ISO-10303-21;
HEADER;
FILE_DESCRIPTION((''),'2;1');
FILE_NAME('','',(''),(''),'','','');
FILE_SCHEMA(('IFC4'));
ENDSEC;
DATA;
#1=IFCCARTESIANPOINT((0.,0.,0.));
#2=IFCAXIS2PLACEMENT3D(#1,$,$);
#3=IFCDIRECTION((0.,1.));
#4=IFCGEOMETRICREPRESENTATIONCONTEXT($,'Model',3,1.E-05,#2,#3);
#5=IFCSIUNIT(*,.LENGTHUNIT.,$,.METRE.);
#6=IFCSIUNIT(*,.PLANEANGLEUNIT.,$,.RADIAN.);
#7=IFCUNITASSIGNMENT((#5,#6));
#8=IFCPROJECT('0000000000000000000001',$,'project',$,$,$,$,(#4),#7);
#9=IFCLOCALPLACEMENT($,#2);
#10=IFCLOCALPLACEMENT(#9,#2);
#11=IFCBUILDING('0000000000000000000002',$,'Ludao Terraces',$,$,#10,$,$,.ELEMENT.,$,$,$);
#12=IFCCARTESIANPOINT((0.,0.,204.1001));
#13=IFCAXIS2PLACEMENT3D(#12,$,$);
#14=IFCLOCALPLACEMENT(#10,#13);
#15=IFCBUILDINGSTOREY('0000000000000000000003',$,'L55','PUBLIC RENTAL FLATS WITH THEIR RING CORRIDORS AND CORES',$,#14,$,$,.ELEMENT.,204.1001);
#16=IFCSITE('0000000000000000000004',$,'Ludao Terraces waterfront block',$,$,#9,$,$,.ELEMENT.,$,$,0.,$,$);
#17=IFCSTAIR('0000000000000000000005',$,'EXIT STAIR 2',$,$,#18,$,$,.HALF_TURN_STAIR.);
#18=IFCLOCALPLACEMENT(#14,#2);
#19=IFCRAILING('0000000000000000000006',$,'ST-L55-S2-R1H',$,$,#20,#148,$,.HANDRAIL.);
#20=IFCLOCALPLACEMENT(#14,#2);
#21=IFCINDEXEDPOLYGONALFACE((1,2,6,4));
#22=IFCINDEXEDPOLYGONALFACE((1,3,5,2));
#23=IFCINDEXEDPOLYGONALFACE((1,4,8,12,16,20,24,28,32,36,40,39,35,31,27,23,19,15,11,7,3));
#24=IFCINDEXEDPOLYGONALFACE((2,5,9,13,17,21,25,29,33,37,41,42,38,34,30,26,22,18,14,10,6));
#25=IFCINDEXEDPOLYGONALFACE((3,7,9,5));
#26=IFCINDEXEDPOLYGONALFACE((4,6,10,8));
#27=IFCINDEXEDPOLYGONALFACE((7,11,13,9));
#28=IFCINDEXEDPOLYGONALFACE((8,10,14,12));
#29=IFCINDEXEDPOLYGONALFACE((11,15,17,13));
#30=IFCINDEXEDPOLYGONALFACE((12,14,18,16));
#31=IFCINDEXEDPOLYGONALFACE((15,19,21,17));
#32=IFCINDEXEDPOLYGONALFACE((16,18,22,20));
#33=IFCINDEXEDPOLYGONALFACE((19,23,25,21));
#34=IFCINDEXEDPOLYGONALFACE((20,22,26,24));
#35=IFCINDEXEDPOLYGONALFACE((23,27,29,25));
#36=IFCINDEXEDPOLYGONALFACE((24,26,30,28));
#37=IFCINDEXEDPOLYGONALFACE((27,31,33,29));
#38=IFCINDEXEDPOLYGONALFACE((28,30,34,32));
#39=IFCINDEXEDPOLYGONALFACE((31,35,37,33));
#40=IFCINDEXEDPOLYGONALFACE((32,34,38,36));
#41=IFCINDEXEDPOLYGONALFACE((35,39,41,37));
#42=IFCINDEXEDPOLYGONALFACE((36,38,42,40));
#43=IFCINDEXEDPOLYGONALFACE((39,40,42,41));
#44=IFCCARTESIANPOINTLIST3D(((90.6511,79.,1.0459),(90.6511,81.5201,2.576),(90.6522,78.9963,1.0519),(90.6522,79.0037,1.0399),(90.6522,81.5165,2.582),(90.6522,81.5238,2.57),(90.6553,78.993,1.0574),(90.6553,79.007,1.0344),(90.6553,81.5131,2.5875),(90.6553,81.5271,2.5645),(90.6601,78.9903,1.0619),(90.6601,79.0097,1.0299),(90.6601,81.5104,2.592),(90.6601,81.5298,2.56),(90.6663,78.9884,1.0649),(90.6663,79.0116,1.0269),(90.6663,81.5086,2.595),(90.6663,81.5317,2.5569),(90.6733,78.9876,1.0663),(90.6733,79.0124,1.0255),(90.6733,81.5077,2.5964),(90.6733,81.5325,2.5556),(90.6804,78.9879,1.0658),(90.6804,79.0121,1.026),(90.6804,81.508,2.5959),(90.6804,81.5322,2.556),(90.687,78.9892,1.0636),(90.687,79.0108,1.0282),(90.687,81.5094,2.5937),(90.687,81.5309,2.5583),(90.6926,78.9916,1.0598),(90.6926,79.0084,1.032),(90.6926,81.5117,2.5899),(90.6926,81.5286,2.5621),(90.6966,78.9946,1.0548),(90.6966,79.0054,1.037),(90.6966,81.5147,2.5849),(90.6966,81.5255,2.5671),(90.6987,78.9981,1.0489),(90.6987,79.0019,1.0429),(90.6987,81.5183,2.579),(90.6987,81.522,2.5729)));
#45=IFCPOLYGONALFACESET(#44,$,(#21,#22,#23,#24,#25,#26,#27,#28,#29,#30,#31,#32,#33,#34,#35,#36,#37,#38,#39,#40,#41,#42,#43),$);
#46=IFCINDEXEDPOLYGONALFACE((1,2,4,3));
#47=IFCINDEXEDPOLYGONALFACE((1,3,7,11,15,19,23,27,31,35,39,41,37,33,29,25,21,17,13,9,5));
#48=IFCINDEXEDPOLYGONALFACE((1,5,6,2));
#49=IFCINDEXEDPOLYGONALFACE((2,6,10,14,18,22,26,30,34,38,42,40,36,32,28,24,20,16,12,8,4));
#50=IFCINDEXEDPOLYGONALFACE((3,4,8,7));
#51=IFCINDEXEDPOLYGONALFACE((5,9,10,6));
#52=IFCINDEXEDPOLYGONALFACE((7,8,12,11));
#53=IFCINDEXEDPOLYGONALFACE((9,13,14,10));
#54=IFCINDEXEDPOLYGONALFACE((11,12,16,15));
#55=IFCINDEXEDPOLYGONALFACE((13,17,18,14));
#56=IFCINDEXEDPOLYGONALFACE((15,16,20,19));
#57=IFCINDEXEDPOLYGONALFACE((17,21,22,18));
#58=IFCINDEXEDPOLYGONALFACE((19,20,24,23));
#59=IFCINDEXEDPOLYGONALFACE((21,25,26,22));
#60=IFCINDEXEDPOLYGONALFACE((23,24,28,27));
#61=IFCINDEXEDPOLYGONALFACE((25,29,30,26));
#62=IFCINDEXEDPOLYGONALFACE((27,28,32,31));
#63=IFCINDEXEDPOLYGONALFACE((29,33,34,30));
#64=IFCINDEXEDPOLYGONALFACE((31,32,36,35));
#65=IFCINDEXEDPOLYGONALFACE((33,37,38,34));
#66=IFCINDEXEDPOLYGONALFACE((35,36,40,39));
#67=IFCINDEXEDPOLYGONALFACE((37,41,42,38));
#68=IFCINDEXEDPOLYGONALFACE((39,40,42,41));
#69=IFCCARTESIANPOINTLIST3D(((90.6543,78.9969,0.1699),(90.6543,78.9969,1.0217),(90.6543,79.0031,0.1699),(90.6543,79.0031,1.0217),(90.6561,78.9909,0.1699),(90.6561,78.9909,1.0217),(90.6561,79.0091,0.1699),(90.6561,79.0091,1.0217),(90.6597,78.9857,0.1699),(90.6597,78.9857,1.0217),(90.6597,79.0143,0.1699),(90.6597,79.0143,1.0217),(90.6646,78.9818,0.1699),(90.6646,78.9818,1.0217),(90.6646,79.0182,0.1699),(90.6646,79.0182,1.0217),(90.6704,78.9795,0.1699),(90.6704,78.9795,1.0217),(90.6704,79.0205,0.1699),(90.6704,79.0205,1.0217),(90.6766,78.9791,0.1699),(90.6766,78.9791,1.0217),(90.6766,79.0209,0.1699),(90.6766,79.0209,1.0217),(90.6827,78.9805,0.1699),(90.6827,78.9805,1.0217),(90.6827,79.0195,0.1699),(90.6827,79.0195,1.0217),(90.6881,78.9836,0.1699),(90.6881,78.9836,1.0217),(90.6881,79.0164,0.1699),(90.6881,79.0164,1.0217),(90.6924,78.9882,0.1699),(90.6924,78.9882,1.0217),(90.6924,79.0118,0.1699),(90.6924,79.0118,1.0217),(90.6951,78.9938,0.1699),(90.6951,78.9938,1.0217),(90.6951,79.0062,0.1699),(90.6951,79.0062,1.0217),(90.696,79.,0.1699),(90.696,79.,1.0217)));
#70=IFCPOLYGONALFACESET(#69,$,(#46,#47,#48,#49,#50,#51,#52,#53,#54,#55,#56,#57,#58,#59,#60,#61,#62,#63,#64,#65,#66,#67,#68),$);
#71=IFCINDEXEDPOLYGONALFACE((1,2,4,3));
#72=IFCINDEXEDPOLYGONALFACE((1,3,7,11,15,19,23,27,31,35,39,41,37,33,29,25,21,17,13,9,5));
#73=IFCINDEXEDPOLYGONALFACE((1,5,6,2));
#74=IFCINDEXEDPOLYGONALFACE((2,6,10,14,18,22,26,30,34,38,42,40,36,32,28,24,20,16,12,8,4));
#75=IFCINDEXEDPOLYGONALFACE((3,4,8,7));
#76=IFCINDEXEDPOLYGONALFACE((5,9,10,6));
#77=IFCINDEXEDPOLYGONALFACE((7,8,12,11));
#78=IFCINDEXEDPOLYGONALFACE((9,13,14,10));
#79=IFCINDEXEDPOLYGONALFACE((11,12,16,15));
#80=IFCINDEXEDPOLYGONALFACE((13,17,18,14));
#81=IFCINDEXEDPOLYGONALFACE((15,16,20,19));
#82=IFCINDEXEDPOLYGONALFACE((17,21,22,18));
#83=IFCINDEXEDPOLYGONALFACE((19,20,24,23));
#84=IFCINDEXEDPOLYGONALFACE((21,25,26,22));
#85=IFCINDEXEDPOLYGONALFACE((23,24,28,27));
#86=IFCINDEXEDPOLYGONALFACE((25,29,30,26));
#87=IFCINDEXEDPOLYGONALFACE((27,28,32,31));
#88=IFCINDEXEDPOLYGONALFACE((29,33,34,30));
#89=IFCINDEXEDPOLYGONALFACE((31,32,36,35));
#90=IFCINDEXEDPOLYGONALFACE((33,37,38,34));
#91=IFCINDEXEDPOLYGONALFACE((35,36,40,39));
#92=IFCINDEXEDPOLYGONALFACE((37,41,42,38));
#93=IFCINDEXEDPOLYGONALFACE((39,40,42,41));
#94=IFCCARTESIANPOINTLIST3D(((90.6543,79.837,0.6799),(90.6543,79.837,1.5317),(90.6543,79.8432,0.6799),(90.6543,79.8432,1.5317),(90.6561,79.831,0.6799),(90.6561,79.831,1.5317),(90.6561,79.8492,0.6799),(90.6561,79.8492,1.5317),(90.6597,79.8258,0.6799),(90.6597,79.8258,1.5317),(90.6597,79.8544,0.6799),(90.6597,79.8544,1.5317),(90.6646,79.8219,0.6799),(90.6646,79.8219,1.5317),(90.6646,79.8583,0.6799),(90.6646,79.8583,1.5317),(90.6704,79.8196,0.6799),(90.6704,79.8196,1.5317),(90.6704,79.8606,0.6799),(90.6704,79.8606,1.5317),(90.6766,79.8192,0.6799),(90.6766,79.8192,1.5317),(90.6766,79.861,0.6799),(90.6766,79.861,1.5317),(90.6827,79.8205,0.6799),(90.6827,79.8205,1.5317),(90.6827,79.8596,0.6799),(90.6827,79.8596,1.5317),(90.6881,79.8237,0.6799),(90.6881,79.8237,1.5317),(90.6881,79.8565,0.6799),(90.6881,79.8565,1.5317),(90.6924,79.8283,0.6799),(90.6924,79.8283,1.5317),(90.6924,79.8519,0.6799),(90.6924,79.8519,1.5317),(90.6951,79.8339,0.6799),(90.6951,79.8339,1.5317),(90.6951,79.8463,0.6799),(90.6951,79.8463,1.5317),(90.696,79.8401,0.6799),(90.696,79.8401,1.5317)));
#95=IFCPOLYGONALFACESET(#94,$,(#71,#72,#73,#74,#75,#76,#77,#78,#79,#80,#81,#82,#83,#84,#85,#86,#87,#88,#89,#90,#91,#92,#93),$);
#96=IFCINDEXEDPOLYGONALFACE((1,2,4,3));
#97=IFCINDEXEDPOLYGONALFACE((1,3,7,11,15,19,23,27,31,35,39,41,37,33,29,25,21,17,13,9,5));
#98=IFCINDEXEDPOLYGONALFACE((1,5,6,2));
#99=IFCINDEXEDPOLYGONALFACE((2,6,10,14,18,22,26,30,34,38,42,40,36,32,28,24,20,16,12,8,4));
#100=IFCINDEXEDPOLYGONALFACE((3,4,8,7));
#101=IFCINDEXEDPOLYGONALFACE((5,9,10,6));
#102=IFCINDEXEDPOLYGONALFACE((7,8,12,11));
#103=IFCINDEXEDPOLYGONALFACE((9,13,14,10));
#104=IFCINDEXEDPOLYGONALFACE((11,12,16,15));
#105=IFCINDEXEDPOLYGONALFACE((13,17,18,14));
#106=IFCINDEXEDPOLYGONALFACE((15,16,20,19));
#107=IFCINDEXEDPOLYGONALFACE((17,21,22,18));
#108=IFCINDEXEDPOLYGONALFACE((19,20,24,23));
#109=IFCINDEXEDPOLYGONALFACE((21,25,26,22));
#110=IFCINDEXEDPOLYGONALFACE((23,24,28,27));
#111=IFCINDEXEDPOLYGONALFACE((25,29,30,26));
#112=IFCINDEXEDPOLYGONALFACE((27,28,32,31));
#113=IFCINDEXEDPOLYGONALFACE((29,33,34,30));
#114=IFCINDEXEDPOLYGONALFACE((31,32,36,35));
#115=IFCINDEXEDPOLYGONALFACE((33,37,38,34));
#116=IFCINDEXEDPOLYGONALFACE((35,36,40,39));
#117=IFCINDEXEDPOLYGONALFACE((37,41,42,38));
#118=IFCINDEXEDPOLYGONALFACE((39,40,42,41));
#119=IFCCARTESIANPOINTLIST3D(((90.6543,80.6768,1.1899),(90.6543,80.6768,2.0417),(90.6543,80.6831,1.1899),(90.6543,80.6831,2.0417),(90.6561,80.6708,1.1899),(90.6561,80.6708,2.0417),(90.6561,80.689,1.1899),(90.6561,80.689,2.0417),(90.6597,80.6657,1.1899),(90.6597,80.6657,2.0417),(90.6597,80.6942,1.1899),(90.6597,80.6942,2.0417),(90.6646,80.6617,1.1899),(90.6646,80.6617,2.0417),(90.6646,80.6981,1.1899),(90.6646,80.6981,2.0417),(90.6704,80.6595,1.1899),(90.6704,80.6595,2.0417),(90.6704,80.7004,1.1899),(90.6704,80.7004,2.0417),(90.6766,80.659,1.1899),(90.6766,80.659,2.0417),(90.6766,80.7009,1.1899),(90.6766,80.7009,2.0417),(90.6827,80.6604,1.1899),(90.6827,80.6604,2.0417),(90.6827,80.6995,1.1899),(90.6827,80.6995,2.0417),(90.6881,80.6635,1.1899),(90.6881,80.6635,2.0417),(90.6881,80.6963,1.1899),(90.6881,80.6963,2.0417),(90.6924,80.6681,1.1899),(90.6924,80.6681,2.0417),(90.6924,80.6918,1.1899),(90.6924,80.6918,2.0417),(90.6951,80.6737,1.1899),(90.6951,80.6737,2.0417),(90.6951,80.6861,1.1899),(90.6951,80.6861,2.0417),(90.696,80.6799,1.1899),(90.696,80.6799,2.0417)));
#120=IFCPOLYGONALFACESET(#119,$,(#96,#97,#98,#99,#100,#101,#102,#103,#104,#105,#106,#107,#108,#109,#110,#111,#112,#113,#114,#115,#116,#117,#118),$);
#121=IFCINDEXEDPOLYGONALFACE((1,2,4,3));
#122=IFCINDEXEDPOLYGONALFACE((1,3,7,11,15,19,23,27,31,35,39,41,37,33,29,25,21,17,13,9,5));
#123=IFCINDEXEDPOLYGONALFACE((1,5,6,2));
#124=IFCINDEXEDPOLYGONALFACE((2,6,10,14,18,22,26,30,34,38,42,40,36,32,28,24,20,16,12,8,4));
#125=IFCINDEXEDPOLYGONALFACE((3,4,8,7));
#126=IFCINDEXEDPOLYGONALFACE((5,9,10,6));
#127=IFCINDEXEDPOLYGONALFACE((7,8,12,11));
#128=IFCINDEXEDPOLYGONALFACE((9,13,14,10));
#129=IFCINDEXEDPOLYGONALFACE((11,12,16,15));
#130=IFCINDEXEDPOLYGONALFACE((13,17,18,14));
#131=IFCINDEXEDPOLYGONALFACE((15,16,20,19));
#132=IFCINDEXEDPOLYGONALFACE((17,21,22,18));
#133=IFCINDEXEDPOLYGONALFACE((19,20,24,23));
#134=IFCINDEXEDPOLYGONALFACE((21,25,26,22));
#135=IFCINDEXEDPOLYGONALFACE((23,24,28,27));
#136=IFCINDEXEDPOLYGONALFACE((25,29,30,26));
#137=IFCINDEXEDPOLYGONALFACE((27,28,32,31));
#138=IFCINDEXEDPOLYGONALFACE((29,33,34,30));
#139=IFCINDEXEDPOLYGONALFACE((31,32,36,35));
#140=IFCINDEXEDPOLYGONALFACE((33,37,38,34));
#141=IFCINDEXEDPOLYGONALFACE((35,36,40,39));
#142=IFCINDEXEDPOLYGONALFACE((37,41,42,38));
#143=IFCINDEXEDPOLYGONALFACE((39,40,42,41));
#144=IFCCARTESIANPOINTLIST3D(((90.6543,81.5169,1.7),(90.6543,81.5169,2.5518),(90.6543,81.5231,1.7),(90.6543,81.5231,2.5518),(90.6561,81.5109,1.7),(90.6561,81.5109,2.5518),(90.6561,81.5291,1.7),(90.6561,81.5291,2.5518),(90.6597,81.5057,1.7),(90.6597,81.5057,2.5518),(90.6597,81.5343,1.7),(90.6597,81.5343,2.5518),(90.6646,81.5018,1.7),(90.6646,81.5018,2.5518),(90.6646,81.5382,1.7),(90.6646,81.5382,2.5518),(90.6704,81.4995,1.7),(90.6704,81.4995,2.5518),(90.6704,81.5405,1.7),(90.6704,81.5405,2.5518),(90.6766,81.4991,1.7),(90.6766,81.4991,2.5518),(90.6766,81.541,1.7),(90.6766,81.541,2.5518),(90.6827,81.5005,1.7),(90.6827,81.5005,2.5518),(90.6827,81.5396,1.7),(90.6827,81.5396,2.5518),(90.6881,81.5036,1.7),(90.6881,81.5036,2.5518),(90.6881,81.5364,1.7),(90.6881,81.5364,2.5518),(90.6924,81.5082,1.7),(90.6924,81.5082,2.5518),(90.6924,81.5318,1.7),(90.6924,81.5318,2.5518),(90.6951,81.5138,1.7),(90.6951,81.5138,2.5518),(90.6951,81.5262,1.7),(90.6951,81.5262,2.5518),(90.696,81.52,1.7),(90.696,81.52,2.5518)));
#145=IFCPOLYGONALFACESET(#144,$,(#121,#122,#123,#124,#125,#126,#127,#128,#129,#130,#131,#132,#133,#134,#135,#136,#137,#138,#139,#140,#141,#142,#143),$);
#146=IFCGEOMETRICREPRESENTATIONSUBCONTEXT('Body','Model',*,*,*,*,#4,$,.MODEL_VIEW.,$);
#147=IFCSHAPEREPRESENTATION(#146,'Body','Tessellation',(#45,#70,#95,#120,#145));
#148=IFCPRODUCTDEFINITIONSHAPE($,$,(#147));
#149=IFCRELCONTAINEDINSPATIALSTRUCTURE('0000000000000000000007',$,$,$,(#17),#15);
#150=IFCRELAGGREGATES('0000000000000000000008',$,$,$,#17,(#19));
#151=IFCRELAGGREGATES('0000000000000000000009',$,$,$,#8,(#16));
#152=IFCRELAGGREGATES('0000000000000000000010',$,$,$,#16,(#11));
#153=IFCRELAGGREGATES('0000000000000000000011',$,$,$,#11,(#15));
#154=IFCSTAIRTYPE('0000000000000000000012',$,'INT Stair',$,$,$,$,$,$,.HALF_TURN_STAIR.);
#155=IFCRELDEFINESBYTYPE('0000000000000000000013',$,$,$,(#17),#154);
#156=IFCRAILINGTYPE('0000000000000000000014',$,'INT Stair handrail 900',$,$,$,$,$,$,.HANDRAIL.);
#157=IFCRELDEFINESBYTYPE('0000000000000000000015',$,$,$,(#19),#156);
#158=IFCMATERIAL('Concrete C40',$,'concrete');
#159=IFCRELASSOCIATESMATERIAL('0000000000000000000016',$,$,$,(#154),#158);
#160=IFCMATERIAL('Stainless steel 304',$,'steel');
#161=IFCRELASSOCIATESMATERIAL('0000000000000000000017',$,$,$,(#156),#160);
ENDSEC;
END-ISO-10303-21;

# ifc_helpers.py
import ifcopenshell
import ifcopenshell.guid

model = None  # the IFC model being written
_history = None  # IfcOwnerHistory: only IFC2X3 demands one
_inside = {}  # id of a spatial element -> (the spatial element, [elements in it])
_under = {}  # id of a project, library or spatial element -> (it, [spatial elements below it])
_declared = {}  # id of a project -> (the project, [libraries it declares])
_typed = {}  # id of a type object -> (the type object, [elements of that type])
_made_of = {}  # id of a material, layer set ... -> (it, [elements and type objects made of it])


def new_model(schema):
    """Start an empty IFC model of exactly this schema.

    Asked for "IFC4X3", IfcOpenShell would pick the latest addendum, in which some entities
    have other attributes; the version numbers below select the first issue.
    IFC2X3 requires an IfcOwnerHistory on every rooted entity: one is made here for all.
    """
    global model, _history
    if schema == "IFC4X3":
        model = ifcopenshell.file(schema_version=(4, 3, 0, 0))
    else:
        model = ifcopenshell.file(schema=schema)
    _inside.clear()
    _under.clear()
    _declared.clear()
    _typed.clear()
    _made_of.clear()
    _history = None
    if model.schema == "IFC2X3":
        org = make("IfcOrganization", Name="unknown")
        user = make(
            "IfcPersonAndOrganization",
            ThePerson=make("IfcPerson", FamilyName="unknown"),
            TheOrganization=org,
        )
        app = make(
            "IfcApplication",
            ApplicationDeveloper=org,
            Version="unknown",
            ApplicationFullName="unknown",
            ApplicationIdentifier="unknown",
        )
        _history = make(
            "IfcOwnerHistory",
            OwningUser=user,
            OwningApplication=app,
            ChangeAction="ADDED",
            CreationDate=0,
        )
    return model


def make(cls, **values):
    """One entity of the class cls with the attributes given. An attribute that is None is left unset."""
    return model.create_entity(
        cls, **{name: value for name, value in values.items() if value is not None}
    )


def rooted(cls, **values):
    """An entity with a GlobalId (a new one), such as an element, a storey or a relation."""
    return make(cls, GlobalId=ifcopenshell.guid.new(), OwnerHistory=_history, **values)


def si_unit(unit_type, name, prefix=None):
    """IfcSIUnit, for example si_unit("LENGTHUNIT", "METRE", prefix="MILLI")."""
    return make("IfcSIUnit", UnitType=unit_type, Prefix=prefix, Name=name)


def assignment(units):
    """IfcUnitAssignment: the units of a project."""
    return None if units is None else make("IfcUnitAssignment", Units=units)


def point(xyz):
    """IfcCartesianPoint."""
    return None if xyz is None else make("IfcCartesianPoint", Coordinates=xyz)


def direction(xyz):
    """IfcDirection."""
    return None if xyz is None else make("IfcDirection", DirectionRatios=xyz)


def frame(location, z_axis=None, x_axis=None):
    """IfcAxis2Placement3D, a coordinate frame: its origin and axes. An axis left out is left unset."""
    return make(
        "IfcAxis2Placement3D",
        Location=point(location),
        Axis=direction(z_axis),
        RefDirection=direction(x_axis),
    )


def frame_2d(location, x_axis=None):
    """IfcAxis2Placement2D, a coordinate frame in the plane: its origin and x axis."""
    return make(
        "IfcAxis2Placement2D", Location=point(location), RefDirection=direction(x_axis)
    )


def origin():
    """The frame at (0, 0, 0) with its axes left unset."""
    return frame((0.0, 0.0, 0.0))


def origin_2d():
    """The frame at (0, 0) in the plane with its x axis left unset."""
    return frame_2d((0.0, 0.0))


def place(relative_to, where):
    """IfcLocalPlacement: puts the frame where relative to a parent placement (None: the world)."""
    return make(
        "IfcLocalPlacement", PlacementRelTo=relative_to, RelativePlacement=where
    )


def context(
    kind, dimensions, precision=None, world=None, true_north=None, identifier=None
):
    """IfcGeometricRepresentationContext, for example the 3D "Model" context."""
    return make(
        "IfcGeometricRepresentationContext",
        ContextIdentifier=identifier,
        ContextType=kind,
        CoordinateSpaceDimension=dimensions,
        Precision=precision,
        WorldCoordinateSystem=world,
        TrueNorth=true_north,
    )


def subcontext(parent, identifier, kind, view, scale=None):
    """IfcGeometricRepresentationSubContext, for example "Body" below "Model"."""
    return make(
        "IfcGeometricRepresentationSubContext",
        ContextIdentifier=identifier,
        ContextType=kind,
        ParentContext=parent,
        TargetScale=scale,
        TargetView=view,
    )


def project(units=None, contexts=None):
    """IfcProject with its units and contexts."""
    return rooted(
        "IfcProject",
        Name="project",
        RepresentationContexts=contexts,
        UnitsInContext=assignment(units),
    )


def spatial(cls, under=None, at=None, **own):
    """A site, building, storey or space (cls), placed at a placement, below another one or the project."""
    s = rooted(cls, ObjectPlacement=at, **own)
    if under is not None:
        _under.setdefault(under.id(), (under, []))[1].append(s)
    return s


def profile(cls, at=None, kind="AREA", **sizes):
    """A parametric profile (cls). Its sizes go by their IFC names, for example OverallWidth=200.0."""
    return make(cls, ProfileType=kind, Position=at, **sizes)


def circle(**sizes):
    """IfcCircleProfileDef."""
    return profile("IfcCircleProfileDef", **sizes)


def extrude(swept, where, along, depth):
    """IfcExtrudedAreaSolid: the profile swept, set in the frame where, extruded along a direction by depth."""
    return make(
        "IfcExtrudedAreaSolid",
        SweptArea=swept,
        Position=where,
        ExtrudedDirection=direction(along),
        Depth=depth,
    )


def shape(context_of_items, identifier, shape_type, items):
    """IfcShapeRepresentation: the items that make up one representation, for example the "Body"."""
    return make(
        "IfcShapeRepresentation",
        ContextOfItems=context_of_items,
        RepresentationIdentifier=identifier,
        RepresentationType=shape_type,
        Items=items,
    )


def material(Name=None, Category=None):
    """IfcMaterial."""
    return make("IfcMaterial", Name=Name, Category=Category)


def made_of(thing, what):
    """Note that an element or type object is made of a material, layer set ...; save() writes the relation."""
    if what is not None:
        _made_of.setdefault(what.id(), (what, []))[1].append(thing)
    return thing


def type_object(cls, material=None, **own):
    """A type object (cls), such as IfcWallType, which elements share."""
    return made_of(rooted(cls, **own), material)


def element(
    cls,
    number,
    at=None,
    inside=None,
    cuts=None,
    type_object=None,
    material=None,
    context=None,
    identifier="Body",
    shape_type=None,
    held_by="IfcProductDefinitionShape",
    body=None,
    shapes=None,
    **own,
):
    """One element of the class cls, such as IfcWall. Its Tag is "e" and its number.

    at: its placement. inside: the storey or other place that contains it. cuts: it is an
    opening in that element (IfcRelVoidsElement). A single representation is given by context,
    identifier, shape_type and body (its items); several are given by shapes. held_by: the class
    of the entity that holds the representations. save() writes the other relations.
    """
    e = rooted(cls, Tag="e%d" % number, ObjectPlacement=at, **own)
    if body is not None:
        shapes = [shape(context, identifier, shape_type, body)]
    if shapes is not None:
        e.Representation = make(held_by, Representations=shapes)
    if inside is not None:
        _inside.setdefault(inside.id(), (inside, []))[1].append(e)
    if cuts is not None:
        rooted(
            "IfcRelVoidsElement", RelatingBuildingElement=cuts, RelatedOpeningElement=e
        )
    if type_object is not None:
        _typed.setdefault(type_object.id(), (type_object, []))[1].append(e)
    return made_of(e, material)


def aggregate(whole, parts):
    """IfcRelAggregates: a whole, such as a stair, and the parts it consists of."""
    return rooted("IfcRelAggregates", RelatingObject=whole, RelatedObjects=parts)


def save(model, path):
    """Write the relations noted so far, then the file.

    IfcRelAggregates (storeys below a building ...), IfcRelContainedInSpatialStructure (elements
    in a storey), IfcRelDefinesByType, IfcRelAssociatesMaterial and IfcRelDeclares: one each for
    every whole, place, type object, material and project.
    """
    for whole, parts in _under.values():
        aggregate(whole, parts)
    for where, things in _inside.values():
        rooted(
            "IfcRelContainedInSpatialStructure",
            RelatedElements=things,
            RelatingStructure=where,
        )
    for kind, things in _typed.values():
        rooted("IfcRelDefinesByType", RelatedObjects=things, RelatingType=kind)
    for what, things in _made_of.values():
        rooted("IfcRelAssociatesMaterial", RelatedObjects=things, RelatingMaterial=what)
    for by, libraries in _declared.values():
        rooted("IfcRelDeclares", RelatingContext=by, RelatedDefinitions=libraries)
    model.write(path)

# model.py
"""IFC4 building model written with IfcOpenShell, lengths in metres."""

from ifc_helpers import new_model, si_unit, direction, frame, origin, origin_2d, place, context, subcontext, project, spatial, circle, extrude, material, type_object, element, aggregate, save


model = new_model("IFC4")

# Units and contexts
model_context = context("Model", 3, precision=1e-05, world=origin(), true_north=direction((0.0, 1.0)))
body_context = subcontext(model_context, "Body", "Model", "MODEL_VIEW")
ifc_project = project(units=[si_unit("LENGTHUNIT", "METRE"), si_unit("PLANEANGLEUNIT", "RADIAN")], contexts=[model_context])

# Site, building, storey
site_placement = place(None, origin())
site = spatial("IfcSite", under=ifc_project, at=site_placement, Name="Ludao Terraces waterfront block", CompositionType="ELEMENT", RefElevation=0.0)
building_placement = place(site_placement, origin())
building = spatial("IfcBuilding", under=site, at=building_placement, Name="Ludao Terraces", CompositionType="ELEMENT")
storey_placement = place(building_placement, frame((0.0, 0.0, 204.1001)))
storey = spatial("IfcBuildingStorey", under=building, at=storey_placement, Name="L55", Description="PUBLIC RENTAL FLATS WITH THEIR RING CORRIDORS AND CORES", CompositionType="ELEMENT", Elevation=204.1001)

# Stair, railing
ifc_material_1 = material(Name="Concrete C40", Category="concrete")
stair_type = type_object("IfcStairType", Name="INT Stair", PredefinedType="HALF_TURN_STAIR", material=ifc_material_1)
stair_placement = place(storey_placement, origin())
stair = element("IfcStair", 1, at=stair_placement, inside=storey, type_object=stair_type, Name="EXIT STAIR 2", PredefinedType="HALF_TURN_STAIR")
ifc_material_2 = material(Name="Stainless steel 304", Category="steel")
railing_type_1 = type_object("IfcRailingType", Name="INT Stair handrail 900", PredefinedType="HANDRAIL", material=ifc_material_2)
railing_1_placement = place(storey_placement, frame((90.675, 79.0, 0.1699)))
railing_1 = element("IfcRailing", 2, at=railing_1_placement, type_object=railing_type_1, Name="ST-L55-S2-R1H", PredefinedType="HANDRAIL", context=body_context, shape_type="SweptSolid", body=[
    extrude(circle(Radius=0.0239, at=origin_2d()), frame((0.0, 0.0, 0.876), z_axis=(0.0, 0.854785, 0.518982), x_axis=(-1.0, 0.0, 0.0)), (0.0, 0.0, 1.0), 2.9482),
    extrude(circle(Radius=0.021, at=origin_2d()), origin(), (0.0, 0.0, 1.0), 0.8518),
    extrude(circle(Radius=0.021, at=origin_2d()), frame((0.0, 0.8401, 0.51)), (0.0, 0.0, 1.0), 0.8518),
    extrude(circle(Radius=0.021, at=origin_2d()), frame((0.0, 1.6799, 1.02)), (0.0, 0.0, 1.0), 0.8518),
    extrude(circle(Radius=0.021, at=origin_2d()), frame((0.0, 2.52, 1.53)), (0.0, 0.0, 1.0), 0.8518),
])
aggregate(stair, [railing_1])

save(model, "model.ifc")
